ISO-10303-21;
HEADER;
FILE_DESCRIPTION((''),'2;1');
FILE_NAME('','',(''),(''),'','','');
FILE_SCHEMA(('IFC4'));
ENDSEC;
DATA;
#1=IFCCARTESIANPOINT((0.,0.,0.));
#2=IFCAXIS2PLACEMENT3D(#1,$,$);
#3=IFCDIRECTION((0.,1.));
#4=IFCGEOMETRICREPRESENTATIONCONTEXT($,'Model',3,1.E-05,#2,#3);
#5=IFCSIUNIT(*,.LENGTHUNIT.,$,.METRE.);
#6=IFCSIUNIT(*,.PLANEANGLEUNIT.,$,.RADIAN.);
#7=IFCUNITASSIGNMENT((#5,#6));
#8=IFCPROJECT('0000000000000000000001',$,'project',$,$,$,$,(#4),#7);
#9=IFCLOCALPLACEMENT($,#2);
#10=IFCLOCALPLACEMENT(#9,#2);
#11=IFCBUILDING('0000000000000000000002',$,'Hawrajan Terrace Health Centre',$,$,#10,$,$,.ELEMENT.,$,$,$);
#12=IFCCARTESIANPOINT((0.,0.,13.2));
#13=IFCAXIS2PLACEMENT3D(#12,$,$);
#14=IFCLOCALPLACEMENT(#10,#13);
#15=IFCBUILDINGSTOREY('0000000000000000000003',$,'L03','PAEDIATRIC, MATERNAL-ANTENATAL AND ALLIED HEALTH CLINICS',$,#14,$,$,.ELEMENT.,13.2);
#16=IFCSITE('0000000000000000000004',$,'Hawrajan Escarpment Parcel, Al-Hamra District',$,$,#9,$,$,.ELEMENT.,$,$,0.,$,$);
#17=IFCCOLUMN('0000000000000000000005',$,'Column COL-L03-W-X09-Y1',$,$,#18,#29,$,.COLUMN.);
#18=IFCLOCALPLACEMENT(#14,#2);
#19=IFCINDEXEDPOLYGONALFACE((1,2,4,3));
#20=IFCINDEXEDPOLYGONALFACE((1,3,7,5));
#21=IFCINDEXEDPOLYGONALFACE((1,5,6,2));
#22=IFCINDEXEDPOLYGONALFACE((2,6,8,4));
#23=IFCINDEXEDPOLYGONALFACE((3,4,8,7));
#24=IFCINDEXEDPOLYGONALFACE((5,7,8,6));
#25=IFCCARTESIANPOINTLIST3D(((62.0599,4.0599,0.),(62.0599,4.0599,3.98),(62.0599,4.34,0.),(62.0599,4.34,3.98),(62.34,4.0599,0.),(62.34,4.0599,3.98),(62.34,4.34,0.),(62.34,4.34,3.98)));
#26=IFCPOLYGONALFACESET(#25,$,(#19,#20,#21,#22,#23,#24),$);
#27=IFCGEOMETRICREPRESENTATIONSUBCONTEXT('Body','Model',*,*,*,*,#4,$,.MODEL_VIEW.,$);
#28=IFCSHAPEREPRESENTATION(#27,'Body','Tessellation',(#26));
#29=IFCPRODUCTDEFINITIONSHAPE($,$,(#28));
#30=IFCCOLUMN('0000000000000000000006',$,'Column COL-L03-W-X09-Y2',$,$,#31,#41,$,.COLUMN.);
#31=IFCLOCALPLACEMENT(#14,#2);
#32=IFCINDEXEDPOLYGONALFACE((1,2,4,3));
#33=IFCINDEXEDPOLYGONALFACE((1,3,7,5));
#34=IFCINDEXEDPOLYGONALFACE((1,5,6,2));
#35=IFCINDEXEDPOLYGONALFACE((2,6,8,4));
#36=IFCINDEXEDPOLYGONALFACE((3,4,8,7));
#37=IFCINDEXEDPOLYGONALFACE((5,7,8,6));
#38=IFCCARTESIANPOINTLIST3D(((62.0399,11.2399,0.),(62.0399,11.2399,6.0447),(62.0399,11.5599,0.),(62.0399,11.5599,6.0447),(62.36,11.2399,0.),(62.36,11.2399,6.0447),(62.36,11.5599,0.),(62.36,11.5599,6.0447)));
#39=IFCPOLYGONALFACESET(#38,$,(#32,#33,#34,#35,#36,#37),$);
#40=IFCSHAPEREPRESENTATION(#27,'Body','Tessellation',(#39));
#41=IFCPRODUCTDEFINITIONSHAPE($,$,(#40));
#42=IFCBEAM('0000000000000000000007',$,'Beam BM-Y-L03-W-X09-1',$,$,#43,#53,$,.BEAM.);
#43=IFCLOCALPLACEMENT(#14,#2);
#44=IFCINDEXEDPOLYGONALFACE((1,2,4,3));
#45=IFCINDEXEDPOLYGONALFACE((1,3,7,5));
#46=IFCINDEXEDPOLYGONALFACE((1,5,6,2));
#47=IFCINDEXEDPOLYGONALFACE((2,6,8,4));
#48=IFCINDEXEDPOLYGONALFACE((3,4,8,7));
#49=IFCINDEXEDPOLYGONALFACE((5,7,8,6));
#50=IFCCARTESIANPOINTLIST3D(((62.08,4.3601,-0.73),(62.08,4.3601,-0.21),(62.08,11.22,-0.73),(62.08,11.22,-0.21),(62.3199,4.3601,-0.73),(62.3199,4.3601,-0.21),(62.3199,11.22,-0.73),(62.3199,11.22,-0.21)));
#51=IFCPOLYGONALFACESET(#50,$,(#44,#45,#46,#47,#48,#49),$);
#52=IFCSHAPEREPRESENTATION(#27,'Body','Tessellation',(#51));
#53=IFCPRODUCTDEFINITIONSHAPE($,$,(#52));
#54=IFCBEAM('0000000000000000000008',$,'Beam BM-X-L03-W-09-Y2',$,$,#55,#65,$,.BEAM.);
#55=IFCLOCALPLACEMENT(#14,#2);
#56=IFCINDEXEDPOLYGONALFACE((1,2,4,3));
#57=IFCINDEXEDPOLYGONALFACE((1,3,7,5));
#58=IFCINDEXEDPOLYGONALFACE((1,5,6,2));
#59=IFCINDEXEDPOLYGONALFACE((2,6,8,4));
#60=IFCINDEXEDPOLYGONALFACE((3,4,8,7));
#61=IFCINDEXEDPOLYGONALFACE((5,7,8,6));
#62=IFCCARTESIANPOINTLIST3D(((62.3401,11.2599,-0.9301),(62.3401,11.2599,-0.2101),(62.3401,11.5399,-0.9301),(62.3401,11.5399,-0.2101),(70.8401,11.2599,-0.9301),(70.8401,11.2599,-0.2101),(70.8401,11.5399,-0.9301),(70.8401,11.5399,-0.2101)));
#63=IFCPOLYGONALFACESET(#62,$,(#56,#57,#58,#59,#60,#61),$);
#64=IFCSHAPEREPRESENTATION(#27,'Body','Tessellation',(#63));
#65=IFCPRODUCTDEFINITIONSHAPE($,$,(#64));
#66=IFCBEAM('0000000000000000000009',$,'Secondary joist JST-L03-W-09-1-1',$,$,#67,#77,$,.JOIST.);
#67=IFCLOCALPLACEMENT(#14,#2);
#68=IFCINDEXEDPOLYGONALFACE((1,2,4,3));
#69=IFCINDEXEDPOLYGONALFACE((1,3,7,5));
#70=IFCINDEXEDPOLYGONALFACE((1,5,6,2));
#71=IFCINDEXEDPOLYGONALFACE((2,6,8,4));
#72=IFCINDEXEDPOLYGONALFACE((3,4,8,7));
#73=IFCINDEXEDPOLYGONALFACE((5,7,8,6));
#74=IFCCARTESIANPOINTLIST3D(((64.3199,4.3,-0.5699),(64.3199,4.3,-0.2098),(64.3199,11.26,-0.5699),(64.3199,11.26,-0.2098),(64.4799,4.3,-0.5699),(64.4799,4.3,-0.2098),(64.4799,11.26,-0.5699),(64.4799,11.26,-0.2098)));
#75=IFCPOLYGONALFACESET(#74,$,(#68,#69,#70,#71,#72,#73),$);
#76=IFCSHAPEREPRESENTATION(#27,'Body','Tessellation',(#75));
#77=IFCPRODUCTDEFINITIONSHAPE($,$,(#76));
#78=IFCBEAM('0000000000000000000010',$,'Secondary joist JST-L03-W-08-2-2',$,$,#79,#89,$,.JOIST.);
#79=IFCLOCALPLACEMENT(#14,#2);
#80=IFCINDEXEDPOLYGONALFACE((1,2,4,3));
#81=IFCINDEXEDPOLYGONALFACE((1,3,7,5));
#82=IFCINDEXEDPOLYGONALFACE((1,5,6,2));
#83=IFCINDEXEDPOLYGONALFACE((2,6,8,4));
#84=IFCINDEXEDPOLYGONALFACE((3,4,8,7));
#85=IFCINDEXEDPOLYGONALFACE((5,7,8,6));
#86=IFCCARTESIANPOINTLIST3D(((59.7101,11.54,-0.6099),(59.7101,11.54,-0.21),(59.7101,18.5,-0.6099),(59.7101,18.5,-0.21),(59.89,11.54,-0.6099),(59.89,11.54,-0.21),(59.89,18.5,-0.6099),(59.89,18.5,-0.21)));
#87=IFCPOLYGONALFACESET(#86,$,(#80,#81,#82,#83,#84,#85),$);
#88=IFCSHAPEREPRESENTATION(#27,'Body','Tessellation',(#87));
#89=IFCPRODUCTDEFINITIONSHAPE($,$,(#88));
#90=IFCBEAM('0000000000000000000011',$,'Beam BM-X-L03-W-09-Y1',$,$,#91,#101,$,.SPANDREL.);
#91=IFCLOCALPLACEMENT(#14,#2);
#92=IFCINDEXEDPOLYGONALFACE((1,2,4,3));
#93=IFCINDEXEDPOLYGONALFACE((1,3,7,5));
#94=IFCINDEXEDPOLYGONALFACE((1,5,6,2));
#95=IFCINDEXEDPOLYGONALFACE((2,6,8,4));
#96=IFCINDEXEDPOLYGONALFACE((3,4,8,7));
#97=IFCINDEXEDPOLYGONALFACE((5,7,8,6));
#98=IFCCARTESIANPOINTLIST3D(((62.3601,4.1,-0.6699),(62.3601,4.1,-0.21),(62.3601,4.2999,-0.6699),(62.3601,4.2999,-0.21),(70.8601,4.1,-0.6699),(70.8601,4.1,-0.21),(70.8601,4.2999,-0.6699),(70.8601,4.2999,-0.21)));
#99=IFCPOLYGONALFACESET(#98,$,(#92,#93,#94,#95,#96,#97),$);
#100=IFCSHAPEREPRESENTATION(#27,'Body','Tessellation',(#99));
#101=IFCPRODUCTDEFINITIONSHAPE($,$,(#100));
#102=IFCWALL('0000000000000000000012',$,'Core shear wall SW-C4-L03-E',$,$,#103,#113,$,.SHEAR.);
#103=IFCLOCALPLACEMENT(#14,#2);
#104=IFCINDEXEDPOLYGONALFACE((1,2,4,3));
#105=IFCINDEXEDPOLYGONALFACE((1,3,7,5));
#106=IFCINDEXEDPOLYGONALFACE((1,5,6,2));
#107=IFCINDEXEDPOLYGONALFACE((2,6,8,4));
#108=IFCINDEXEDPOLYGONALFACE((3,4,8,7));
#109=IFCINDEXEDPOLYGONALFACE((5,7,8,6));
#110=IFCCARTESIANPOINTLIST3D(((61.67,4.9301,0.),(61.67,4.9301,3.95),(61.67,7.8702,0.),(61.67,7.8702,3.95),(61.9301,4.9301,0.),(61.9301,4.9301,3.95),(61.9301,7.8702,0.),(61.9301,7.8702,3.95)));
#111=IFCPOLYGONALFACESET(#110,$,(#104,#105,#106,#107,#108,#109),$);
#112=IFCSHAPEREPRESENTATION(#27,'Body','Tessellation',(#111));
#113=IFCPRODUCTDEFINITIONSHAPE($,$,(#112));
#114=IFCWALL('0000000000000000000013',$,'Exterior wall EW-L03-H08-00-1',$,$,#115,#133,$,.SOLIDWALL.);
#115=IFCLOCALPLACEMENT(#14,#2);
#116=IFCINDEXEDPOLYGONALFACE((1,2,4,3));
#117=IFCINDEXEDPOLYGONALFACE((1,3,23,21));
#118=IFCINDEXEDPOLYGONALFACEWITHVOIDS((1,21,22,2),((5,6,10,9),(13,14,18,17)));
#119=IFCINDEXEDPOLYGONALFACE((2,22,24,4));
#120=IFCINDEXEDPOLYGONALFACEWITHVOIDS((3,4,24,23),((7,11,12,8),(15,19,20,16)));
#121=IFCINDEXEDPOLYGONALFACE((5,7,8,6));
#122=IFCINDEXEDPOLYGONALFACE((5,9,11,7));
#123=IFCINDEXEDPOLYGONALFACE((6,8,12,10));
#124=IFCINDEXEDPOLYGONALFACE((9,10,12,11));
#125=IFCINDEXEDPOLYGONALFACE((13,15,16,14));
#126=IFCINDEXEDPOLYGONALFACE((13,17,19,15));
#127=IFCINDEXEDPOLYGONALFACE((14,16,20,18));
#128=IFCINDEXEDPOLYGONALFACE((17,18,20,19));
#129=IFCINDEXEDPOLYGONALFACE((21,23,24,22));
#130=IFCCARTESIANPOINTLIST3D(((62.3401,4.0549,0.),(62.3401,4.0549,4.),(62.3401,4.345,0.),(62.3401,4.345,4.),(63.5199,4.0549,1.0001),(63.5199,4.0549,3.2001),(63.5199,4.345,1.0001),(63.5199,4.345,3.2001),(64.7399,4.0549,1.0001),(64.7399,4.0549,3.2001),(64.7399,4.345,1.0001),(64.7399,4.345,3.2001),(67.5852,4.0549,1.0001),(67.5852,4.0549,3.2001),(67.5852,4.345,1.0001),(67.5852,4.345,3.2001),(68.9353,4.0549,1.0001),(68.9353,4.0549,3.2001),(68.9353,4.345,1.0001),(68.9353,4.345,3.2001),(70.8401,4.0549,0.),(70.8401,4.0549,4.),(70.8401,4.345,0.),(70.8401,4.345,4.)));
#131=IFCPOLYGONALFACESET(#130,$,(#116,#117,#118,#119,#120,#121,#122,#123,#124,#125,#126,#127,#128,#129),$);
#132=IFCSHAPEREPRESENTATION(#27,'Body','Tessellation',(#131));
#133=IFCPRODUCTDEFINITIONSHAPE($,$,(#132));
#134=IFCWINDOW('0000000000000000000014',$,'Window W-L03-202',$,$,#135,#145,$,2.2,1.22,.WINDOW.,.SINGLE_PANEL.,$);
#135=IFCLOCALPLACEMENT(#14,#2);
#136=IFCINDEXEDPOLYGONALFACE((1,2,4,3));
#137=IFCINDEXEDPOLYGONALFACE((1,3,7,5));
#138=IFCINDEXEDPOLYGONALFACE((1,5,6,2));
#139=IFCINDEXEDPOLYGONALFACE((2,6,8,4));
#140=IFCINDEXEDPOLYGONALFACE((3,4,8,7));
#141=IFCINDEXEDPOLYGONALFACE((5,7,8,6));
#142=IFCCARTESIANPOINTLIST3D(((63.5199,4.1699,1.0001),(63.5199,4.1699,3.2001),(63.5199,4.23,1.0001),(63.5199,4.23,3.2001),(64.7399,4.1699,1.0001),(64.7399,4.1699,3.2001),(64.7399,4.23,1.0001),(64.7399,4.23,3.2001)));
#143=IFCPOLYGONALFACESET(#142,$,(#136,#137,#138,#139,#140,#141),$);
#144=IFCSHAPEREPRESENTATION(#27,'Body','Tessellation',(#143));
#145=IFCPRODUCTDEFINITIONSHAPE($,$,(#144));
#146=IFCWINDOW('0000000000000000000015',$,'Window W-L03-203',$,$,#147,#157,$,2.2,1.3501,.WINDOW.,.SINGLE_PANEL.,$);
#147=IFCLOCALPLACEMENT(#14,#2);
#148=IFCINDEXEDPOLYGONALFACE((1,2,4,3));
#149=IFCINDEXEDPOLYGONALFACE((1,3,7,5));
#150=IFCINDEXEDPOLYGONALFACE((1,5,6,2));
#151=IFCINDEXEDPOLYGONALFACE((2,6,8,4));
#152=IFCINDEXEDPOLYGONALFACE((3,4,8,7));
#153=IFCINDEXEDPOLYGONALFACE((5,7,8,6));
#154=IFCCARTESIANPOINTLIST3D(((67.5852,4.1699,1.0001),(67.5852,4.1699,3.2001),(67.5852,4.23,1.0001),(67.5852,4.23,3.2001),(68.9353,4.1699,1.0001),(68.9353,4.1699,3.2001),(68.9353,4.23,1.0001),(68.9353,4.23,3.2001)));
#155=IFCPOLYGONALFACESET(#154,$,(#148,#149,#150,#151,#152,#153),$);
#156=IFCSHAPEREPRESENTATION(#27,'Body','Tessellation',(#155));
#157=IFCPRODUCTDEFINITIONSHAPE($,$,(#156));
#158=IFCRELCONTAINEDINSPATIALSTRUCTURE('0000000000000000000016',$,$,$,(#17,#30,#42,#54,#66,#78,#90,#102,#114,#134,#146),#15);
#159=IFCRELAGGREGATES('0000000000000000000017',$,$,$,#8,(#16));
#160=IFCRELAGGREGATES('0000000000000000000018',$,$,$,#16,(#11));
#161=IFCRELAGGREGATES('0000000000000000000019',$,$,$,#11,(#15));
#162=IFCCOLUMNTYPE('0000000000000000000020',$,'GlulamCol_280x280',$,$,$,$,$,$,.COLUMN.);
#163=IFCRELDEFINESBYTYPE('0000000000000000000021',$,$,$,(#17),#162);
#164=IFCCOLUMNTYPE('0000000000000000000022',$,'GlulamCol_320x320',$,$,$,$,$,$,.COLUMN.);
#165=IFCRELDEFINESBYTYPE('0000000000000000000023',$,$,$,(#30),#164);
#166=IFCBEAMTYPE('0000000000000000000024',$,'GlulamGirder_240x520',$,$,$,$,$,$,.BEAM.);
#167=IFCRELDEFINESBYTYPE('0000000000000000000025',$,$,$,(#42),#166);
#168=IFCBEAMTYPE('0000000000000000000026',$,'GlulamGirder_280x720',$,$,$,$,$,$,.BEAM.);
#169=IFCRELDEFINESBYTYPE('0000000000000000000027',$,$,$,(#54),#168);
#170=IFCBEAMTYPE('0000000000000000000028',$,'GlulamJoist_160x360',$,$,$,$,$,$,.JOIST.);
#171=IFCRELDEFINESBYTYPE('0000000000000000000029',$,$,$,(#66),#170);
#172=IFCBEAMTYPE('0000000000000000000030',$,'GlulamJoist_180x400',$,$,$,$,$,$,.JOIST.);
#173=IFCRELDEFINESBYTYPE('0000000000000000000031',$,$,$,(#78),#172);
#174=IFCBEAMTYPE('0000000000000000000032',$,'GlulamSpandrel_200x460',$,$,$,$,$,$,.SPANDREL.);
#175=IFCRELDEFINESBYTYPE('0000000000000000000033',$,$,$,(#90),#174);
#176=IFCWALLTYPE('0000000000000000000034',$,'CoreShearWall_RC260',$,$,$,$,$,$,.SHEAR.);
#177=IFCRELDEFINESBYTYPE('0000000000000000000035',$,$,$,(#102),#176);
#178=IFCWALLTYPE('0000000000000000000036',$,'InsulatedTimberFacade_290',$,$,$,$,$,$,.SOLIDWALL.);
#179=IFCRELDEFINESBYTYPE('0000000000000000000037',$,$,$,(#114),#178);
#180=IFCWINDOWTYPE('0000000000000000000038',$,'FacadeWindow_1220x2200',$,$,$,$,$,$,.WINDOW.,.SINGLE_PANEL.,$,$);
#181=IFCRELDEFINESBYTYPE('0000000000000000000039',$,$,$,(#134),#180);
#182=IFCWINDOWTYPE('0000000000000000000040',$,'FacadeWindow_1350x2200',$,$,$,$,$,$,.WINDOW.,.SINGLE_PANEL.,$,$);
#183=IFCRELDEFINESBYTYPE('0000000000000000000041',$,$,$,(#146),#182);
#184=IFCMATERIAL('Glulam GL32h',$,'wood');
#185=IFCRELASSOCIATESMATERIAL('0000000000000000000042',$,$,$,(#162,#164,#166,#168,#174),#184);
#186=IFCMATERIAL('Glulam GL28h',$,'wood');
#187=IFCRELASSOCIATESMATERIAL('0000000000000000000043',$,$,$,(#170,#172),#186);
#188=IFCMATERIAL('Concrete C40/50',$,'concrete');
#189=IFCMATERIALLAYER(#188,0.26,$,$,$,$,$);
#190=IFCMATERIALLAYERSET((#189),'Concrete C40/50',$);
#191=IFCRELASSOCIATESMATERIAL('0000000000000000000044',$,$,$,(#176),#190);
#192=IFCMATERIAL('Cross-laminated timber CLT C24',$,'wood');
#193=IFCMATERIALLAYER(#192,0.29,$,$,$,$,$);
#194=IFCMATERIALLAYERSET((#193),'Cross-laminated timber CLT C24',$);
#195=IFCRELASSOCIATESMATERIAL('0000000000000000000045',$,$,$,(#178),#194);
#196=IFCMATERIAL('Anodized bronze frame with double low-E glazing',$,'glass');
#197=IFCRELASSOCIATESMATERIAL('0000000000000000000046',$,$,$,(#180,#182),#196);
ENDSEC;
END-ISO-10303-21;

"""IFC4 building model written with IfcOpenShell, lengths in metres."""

from ifc_helpers import new_model, si_unit, direction, frame, frame_2d, origin, origin_2d, place, context, subcontext, project, spatial, rectangle, extrude, material, layer, layer_set, material_profile, profile_set, type_object, element, fill, save


model = new_model("IFC4")

# Units and contexts
model_context = context("Model", 3, precision=1e-05, world=origin(), true_north=direction((0.0, 1.0)))
body_context = subcontext(model_context, "Body", "Model", "MODEL_VIEW")
ifc_project = project(units=[si_unit("LENGTHUNIT", "METRE"), si_unit("PLANEANGLEUNIT", "RADIAN")], contexts=[model_context])

# Site, building, storey
site_placement = place(None, origin())
site = spatial("IfcSite", under=ifc_project, at=site_placement, Name="Hawrajan Escarpment Parcel, Al-Hamra District", CompositionType="ELEMENT", RefElevation=0.0)
building_placement = place(site_placement, origin())
building = spatial("IfcBuilding", under=site, at=building_placement, Name="Hawrajan Terrace Health Centre", CompositionType="ELEMENT")
storey_placement = place(building_placement, frame((0.0, 0.0, 13.2)))
storey = spatial("IfcBuildingStorey", under=building, at=storey_placement, Name="L03", Description="PAEDIATRIC, MATERNAL-ANTENATAL AND ALLIED HEALTH CLINICS", CompositionType="ELEMENT", Elevation=13.2)

# Columns
ifc_material_1 = material(Name="Glulam GL32h", Category="wood")
ifc_material_profile_1 = material_profile(ifc_material_1, rectangle(XDim=0.28, YDim=0.28, at=origin_2d()), Name="GL 280x280")
ifc_profile_set_1 = profile_set([ifc_material_profile_1], Name="Glulam GL32h")
column_type_1 = type_object("IfcColumnType", Name="GlulamCol_280x280", PredefinedType="COLUMN", material=ifc_profile_set_1)
column_1_placement = place(storey_placement, frame((62.2, 4.2, 0.0), z_axis=(0.0, 0.0, 1.0), x_axis=(1.0, 0.0, 0.0)))
element("IfcColumn", 1, at=column_1_placement, inside=storey, type_object=column_type_1, Name="Column COL-L03-W-X09-Y1", PredefinedType="COLUMN", context=body_context, shape_type="SweptSolid", body=[
    extrude(rectangle(XDim=0.28, YDim=0.28, at=origin_2d()), origin(), (0.0, 0.0, 1.0), 3.98),
])
ifc_material_profile_2 = material_profile(ifc_material_1, rectangle(XDim=0.3201, YDim=0.3201, at=origin_2d()), Name="GL 320x320")
ifc_profile_set_2 = profile_set([ifc_material_profile_2], Name="Glulam GL32h")
column_type_2 = type_object("IfcColumnType", Name="GlulamCol_320x320", PredefinedType="COLUMN", material=ifc_profile_set_2)
column_2_placement = place(storey_placement, frame((62.2, 11.3999, 0.0), z_axis=(0.0, 0.0, 1.0), x_axis=(1.0, 0.0, 0.0)))
element("IfcColumn", 2, at=column_2_placement, inside=storey, type_object=column_type_2, Name="Column COL-L03-W-X09-Y2", PredefinedType="COLUMN", context=body_context, shape_type="SweptSolid", body=[
    extrude(rectangle(XDim=0.3201, YDim=0.3201, at=origin_2d()), origin(), (0.0, 0.0, 1.0), 6.0447),
])

# Beams
ifc_material_profile_3 = material_profile(ifc_material_1, rectangle(XDim=0.24, YDim=0.52, at=origin_2d()), Name="GL BM 240x520")
ifc_profile_set_3 = profile_set([ifc_material_profile_3], Name="Glulam GL32h")
beam_type_1 = type_object("IfcBeamType", Name="GlulamGirder_240x520", PredefinedType="BEAM", material=ifc_profile_set_3)
beam_1_placement = place(storey_placement, frame((62.2, 4.3601, -0.47), z_axis=(0.0, 1.0, 0.0), x_axis=(-1.0, 0.0, 0.0)))
element("IfcBeam", 3, at=beam_1_placement, inside=storey, type_object=beam_type_1, Name="Beam BM-Y-L03-W-X09-1", PredefinedType="BEAM", context=body_context, shape_type="SweptSolid", body=[
    extrude(rectangle(XDim=0.24, YDim=0.52, at=origin_2d()), origin(), (0.0, 0.0, 1.0), 6.8599),
])
ifc_material_profile_4 = material_profile(ifc_material_1, rectangle(XDim=0.28, YDim=0.72, at=origin_2d()), Name="GL BM 280x720")
ifc_profile_set_4 = profile_set([ifc_material_profile_4], Name="Glulam GL32h")
beam_type_2 = type_object("IfcBeamType", Name="GlulamGirder_280x720", PredefinedType="BEAM", material=ifc_profile_set_4)
beam_2_placement = place(storey_placement, frame((62.3401, 11.3999, -0.5701), z_axis=(1.0, 0.0, 0.0), x_axis=(0.0, 1.0, 0.0)))
element("IfcBeam", 4, at=beam_2_placement, inside=storey, type_object=beam_type_2, Name="Beam BM-X-L03-W-09-Y2", PredefinedType="BEAM", context=body_context, shape_type="SweptSolid", body=[
    extrude(rectangle(XDim=0.28, YDim=0.72, at=origin_2d()), origin(), (0.0, 0.0, 1.0), 8.5),
])
ifc_material_2 = material(Name="Glulam GL28h", Category="wood")
ifc_material_profile_5 = material_profile(ifc_material_2, rectangle(XDim=0.1599, YDim=0.3601, at=origin_2d()), Name="GL JST 160x360")
ifc_profile_set_5 = profile_set([ifc_material_profile_5], Name="Glulam GL28h")
beam_type_3 = type_object("IfcBeamType", Name="GlulamJoist_160x360", PredefinedType="JOIST", material=ifc_profile_set_5)
beam_3_placement = place(storey_placement, frame((64.3999, 4.3, -0.3899), z_axis=(0.0, 1.0, 0.0), x_axis=(-1.0, 0.0, 0.0)))
element("IfcBeam", 5, at=beam_3_placement, inside=storey, type_object=beam_type_3, Name="Secondary joist JST-L03-W-09-1-1", PredefinedType="JOIST", context=body_context, shape_type="SweptSolid", body=[
    extrude(rectangle(XDim=0.1599, YDim=0.3601, at=origin_2d()), origin(), (0.0, 0.0, 1.0), 6.96),
])
ifc_material_profile_6 = material_profile(ifc_material_2, rectangle(XDim=0.1799, YDim=0.3999, at=origin_2d()), Name="GL JST 180x400")
ifc_profile_set_6 = profile_set([ifc_material_profile_6], Name="Glulam GL28h")
beam_type_4 = type_object("IfcBeamType", Name="GlulamJoist_180x400", PredefinedType="JOIST", material=ifc_profile_set_6)
beam_4_placement = place(storey_placement, frame((59.8, 11.54, -0.4099), z_axis=(0.0, 1.0, 0.0), x_axis=(-1.0, 0.0, 0.0)))
element("IfcBeam", 6, at=beam_4_placement, inside=storey, type_object=beam_type_4, Name="Secondary joist JST-L03-W-08-2-2", PredefinedType="JOIST", context=body_context, shape_type="SweptSolid", body=[
    extrude(rectangle(XDim=0.1799, YDim=0.3999, at=origin_2d()), origin(), (0.0, 0.0, 1.0), 6.96),
])
ifc_material_profile_7 = material_profile(ifc_material_1, rectangle(XDim=0.2, YDim=0.46, at=origin_2d()), Name="GL SP 200x460")
ifc_profile_set_7 = profile_set([ifc_material_profile_7], Name="Glulam GL32h")
beam_type_5 = type_object("IfcBeamType", Name="GlulamSpandrel_200x460", PredefinedType="SPANDREL", material=ifc_profile_set_7)
beam_5_placement = place(storey_placement, frame((62.3601, 4.2, -0.4399), z_axis=(1.0, 0.0, 0.0), x_axis=(0.0, 1.0, 0.0)))
element("IfcBeam", 7, at=beam_5_placement, inside=storey, type_object=beam_type_5, Name="Beam BM-X-L03-W-09-Y1", PredefinedType="SPANDREL", context=body_context, shape_type="SweptSolid", body=[
    extrude(rectangle(XDim=0.2, YDim=0.46, at=origin_2d()), origin(), (0.0, 0.0, 1.0), 8.5),
])

# Wall
ifc_material_3 = material(Name="Concrete C40/50", Category="concrete")
ifc_layer_1 = layer(ifc_material_3, 0.26)
ifc_layer_set_1 = layer_set([ifc_layer_1], Name="Concrete C40/50")
wall_type_1 = type_object("IfcWallType", Name="CoreShearWall_RC260", PredefinedType="SHEAR", material=ifc_layer_set_1)
wall_1_placement = place(storey_placement, frame((61.8, 4.9299, 0.0), z_axis=(0.0, 0.0, 1.0), x_axis=(0.0, 1.0, 0.0)))
element("IfcWall", 8, at=wall_1_placement, inside=storey, type_object=wall_type_1, Name="Core shear wall SW-C4-L03-E", PredefinedType="SHEAR", context=body_context, shape_type="SweptSolid", body=[
    extrude(rectangle(XDim=2.9402, YDim=0.26, at=frame_2d((1.4702, 0.0))), origin(), (0.0, 0.0, 1.0), 3.95),
])

# Wall, openings, windows
ifc_material_4 = material(Name="Cross-laminated timber CLT C24", Category="wood")
ifc_layer_2 = layer(ifc_material_4, 0.29)
ifc_layer_set_2 = layer_set([ifc_layer_2], Name="Cross-laminated timber CLT C24")
wall_type_2 = type_object("IfcWallType", Name="InsulatedTimberFacade_290", PredefinedType="SOLIDWALL", material=ifc_layer_set_2)
wall_2_placement = place(storey_placement, frame((62.3401, 4.2, 0.0), z_axis=(0.0, 0.0, 1.0), x_axis=(1.0, 0.0, 0.0)))
wall_2 = element("IfcWall", 9, at=wall_2_placement, inside=storey, type_object=wall_type_2, Name="Exterior wall EW-L03-H08-00-1", PredefinedType="SOLIDWALL", context=body_context, shape_type="SweptSolid", body=[
    extrude(rectangle(XDim=8.5, YDim=0.29, at=frame_2d((4.25, 0.0))), origin(), (0.0, 0.0, 1.0), 4.0),
])
opening_1_placement = place(wall_2_placement, frame((1.1799, 0.0, 1.0)))
opening_1 = element("IfcOpeningElement", 10, at=opening_1_placement, cuts=wall_2, PredefinedType="OPENING", context=body_context, shape_type="SweptSolid", body=[
    extrude(rectangle(XDim=1.22, YDim=2.2, at=frame_2d((0.6099, 1.1001))), frame((0.0, 0.155, 0.0), z_axis=(0.0, -1.0, 0.0), x_axis=(1.0, 0.0, 0.0)), (0.0, 0.0, 1.0), 0.3101),
])
opening_2_placement = place(wall_2_placement, frame((5.2451, 0.0, 1.0)))
opening_2 = element("IfcOpeningElement", 11, at=opening_2_placement, cuts=wall_2, PredefinedType="OPENING", context=body_context, shape_type="SweptSolid", body=[
    extrude(rectangle(XDim=1.3501, YDim=2.2, at=frame_2d((0.675, 1.1001))), frame((0.0, 0.155, 0.0), z_axis=(0.0, -1.0, 0.0), x_axis=(1.0, 0.0, 0.0)), (0.0, 0.0, 1.0), 0.3101),
])
ifc_material_5 = material(Name="Anodized bronze frame with double low-E glazing", Category="glass")
window_type_1 = type_object("IfcWindowType", Name="FacadeWindow_1220x2200", PartitioningType="SINGLE_PANEL", PredefinedType="WINDOW", material=ifc_material_5)
window_1_placement = place(opening_1_placement, origin())
window_1 = element("IfcWindow", 12, at=window_1_placement, inside=storey, type_object=window_type_1, Name="Window W-L03-202", OverallHeight=2.2, OverallWidth=1.22, PartitioningType="SINGLE_PANEL", PredefinedType="WINDOW", context=body_context, shape_type="SweptSolid", body=[
    extrude(rectangle(XDim=1.22, YDim=2.2, at=frame_2d((0.6099, 1.1001))), frame((0.0, 0.03, 0.0), z_axis=(0.0, -1.0, 0.0), x_axis=(1.0, 0.0, 0.0)), (0.0, 0.0, 1.0), 0.0601),
])
fill(opening_1, window_1)
window_type_2 = type_object("IfcWindowType", Name="FacadeWindow_1350x2200", PartitioningType="SINGLE_PANEL", PredefinedType="WINDOW", material=ifc_material_5)
window_2_placement = place(opening_2_placement, origin())
window_2 = element("IfcWindow", 13, at=window_2_placement, inside=storey, type_object=window_type_2, Name="Window W-L03-203", OverallHeight=2.2, OverallWidth=1.3501, PartitioningType="SINGLE_PANEL", PredefinedType="WINDOW", context=body_context, shape_type="SweptSolid", body=[
    extrude(rectangle(XDim=1.3501, YDim=2.2, at=frame_2d((0.675, 1.1001))), frame((0.0, 0.03, 0.0), z_axis=(0.0, -1.0, 0.0), x_axis=(1.0, 0.0, 0.0)), (0.0, 0.0, 1.0), 0.0601),
])
fill(opening_2, window_2)

save(model, "model.ifc")
